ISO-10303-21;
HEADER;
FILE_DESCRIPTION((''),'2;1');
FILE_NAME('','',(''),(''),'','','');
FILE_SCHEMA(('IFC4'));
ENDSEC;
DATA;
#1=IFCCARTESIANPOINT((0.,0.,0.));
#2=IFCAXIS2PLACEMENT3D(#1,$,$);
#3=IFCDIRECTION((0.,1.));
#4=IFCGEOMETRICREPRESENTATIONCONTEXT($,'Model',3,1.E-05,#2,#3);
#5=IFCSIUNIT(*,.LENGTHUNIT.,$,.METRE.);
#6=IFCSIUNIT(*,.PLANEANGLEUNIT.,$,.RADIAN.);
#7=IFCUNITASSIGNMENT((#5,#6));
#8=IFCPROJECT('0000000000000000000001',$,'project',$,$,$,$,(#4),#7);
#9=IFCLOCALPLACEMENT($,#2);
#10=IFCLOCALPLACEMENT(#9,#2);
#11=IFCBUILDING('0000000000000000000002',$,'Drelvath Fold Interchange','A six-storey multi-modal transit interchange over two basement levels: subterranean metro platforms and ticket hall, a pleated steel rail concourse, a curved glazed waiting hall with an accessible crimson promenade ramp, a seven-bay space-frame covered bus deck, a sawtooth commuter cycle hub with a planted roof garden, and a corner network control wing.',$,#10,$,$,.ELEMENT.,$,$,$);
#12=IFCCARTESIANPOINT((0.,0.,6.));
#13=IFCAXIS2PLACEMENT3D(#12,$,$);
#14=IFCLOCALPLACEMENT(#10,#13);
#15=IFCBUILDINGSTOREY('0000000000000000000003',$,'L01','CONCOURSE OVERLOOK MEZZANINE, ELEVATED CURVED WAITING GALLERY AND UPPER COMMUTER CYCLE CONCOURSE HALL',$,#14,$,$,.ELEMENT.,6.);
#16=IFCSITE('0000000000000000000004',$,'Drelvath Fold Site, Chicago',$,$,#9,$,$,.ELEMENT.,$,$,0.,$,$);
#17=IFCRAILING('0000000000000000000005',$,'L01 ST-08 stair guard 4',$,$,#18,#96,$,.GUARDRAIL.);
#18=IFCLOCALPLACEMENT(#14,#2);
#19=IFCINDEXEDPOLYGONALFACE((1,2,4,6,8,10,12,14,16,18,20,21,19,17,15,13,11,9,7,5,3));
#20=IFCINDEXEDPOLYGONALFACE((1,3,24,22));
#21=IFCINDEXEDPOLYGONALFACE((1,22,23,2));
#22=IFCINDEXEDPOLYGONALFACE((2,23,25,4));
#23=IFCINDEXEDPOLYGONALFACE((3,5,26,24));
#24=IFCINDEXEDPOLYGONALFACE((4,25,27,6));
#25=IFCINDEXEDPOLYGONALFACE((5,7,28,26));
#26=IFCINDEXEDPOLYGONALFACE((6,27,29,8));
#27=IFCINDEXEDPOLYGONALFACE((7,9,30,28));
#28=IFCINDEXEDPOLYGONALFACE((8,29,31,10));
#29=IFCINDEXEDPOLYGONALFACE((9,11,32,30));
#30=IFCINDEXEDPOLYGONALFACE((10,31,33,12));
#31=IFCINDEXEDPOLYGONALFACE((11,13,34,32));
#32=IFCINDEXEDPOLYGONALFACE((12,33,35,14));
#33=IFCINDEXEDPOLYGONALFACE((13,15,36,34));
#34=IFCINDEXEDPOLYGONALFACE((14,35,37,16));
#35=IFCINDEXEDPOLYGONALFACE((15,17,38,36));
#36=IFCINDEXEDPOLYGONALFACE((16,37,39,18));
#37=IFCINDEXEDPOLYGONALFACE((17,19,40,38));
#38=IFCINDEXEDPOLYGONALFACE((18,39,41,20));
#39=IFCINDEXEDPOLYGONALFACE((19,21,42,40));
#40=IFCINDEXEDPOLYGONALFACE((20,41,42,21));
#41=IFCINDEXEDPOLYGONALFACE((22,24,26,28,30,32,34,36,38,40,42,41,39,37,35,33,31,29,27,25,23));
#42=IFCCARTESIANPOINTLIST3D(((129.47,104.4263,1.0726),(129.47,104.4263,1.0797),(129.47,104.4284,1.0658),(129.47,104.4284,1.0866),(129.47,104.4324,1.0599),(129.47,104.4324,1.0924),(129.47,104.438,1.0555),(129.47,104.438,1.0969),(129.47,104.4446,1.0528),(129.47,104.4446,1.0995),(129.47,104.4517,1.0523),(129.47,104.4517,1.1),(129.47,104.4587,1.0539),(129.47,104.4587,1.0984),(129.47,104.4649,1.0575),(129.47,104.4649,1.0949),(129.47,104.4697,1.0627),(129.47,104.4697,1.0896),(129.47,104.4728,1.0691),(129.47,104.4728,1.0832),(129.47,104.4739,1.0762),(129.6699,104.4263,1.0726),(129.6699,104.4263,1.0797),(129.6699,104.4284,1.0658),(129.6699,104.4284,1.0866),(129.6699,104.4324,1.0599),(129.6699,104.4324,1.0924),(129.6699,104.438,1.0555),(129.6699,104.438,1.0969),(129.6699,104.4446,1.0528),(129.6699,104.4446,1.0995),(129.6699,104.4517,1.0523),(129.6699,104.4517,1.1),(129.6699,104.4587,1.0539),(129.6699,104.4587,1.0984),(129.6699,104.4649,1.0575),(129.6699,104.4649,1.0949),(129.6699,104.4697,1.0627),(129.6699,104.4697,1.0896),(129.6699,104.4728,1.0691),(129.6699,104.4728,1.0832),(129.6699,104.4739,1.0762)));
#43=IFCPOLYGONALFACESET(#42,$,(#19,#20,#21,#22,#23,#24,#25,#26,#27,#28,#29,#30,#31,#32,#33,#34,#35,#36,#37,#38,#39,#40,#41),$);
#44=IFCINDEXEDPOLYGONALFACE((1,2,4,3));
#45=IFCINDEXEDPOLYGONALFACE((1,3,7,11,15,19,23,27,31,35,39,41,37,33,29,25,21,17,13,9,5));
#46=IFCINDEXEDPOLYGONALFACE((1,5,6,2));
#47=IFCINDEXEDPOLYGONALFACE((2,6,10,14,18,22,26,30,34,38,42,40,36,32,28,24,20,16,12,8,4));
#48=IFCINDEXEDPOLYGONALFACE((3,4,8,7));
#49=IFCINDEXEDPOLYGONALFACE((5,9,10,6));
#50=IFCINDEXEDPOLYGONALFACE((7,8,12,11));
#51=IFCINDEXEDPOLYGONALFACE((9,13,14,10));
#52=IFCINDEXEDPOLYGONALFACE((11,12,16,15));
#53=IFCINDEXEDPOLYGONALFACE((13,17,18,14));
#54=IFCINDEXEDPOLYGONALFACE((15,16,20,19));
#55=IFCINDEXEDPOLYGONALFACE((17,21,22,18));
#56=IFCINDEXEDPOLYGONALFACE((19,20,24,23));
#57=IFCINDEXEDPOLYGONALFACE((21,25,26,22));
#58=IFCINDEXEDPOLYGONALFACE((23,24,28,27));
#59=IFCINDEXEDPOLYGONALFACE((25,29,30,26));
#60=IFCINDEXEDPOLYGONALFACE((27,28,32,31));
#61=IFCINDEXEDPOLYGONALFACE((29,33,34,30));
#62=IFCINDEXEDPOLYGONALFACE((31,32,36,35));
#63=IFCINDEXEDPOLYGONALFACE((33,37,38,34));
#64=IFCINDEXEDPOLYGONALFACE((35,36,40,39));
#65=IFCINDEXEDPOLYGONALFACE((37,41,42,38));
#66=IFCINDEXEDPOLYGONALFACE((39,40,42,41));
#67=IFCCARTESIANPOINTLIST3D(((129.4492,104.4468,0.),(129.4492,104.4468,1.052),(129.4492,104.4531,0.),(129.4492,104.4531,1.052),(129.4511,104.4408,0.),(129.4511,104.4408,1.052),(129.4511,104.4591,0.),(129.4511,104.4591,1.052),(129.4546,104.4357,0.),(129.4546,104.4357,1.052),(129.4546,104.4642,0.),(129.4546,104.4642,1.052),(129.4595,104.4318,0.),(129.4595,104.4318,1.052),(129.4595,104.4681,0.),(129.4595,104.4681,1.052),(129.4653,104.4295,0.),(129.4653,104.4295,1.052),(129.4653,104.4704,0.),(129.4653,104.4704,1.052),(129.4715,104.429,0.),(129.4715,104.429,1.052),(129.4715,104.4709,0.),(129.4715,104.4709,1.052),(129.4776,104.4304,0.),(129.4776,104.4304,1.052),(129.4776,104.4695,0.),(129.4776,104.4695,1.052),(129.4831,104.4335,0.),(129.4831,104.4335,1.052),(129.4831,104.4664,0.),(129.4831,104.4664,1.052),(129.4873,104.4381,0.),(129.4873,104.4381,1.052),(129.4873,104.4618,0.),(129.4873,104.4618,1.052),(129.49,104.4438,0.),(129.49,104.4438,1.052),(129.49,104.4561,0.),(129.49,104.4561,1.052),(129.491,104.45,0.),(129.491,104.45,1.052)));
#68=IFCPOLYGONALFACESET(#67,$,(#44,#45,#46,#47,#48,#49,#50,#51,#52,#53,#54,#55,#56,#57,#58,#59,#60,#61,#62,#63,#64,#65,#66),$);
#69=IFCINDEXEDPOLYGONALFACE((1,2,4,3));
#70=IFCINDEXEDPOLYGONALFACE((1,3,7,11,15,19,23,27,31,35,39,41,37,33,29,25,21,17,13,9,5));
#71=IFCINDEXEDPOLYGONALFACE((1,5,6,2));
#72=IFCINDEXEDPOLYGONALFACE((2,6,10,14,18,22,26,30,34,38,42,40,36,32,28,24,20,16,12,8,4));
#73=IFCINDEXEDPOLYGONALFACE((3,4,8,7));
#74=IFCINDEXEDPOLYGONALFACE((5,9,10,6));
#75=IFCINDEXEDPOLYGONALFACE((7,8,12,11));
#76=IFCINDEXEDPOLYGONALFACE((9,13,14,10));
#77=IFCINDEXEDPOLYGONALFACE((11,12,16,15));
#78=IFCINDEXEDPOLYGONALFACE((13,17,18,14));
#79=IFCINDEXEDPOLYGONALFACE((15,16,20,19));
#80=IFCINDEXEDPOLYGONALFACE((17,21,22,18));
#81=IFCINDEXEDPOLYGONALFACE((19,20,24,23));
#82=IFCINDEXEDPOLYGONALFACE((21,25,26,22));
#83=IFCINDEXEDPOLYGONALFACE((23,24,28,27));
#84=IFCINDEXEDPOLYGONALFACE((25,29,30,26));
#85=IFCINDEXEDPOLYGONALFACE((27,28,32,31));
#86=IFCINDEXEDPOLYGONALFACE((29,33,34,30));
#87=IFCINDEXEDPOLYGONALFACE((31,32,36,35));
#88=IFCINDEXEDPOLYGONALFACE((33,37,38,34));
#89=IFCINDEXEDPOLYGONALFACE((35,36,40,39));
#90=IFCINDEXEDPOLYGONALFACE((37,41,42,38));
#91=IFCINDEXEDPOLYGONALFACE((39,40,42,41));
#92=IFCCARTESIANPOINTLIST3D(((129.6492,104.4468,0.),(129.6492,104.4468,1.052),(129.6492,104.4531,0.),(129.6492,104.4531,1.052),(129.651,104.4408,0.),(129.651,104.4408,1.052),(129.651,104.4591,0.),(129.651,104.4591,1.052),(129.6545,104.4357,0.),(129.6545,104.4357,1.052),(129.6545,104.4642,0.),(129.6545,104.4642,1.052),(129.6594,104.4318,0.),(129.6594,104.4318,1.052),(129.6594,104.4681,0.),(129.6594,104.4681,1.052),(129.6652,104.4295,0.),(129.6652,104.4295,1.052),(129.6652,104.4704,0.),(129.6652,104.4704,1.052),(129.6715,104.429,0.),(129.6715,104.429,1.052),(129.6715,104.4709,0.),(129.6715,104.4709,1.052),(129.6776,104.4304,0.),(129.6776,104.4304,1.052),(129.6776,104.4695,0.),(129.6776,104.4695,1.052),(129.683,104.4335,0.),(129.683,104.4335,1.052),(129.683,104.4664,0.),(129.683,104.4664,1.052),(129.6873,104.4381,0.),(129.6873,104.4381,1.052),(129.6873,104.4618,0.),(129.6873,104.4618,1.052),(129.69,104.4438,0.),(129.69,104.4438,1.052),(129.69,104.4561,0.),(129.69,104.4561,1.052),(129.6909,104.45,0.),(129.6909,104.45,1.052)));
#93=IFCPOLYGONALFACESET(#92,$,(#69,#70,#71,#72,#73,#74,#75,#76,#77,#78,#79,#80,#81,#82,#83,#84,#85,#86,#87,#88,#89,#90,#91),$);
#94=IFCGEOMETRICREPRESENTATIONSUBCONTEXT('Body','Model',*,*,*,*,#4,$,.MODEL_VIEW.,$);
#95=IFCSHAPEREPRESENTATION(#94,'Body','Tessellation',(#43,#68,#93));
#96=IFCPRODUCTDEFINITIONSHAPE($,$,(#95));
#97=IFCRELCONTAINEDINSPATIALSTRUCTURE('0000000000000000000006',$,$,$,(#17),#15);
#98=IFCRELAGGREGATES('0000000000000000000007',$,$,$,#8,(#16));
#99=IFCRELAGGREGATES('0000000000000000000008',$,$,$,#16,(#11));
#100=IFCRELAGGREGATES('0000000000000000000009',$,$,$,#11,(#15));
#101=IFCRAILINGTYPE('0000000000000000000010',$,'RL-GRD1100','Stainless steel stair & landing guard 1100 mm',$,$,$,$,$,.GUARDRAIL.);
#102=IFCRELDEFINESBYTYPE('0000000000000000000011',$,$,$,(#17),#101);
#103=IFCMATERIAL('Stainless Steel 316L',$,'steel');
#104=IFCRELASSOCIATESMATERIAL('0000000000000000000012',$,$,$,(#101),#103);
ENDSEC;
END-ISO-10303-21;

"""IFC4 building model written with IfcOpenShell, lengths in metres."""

from ifc_helpers import new_model, si_unit, direction, frame, origin, origin_2d, place, context, subcontext, project, spatial, circle, extrude, material, type_object, element, save


model = new_model("IFC4")

# Units and contexts
model_context = context("Model", 3, precision=1e-05, world=origin(), true_north=direction((0.0, 1.0)))
body_context = subcontext(model_context, "Body", "Model", "MODEL_VIEW")
ifc_project = project(units=[si_unit("LENGTHUNIT", "METRE"), si_unit("PLANEANGLEUNIT", "RADIAN")], contexts=[model_context])

# Site, building, storey
site_placement = place(None, origin())
site = spatial("IfcSite", under=ifc_project, at=site_placement, Name="Drelvath Fold Site, Chicago", CompositionType="ELEMENT", RefElevation=0.0)
building_placement = place(site_placement, origin())
building = spatial("IfcBuilding", under=site, at=building_placement, Name="Drelvath Fold Interchange", Description="A six-storey multi-modal transit interchange over two basement levels: subterranean metro platforms and ticket hall, a pleated steel rail concourse, a curved glazed waiting hall with an accessible crimson promenade ramp, a seven-bay space-frame covered bus deck, a sawtooth commuter cycle hub with a planted roof garden, and a corner network control wing.", CompositionType="ELEMENT")
storey_placement = place(building_placement, frame((0.0, 0.0, 6.0)))
storey = spatial("IfcBuildingStorey", under=building, at=storey_placement, Name="L01", Description="CONCOURSE OVERLOOK MEZZANINE, ELEVATED CURVED WAITING GALLERY AND UPPER COMMUTER CYCLE CONCOURSE HALL", CompositionType="ELEMENT", Elevation=6.0)

# Railing
ifc_material_1 = material(Name="Stainless Steel 316L", Category="steel")
railing_type_1 = type_object("IfcRailingType", Name="RL-GRD1100", Description="Stainless steel stair & landing guard 1100 mm", PredefinedType="GUARDRAIL", material=ifc_material_1)
railing_1_placement = place(storey_placement, frame((129.47, 104.45, 0.0)))
element("IfcRailing", 1, at=railing_1_placement, inside=storey, type_object=railing_type_1, Name="L01 ST-08 stair guard 4", PredefinedType="GUARDRAIL", context=body_context, shape_type="SweptSolid", body=[
    extrude(circle(Radius=0.0239, at=origin_2d()), frame((0.0, 0.0, 1.0762), z_axis=(1.0, 0.0, 0.0), x_axis=(0.0, 1.0, 0.0)), (0.0, 0.0, 1.0), 0.2),
    extrude(circle(Radius=0.021, at=origin_2d()), origin(), (0.0, 0.0, 1.0), 1.052),
    extrude(circle(Radius=0.021, at=origin_2d()), frame((0.2, 0.0, 0.0)), (0.0, 0.0, 1.0), 1.052),
])

save(model, "model.ifc")
